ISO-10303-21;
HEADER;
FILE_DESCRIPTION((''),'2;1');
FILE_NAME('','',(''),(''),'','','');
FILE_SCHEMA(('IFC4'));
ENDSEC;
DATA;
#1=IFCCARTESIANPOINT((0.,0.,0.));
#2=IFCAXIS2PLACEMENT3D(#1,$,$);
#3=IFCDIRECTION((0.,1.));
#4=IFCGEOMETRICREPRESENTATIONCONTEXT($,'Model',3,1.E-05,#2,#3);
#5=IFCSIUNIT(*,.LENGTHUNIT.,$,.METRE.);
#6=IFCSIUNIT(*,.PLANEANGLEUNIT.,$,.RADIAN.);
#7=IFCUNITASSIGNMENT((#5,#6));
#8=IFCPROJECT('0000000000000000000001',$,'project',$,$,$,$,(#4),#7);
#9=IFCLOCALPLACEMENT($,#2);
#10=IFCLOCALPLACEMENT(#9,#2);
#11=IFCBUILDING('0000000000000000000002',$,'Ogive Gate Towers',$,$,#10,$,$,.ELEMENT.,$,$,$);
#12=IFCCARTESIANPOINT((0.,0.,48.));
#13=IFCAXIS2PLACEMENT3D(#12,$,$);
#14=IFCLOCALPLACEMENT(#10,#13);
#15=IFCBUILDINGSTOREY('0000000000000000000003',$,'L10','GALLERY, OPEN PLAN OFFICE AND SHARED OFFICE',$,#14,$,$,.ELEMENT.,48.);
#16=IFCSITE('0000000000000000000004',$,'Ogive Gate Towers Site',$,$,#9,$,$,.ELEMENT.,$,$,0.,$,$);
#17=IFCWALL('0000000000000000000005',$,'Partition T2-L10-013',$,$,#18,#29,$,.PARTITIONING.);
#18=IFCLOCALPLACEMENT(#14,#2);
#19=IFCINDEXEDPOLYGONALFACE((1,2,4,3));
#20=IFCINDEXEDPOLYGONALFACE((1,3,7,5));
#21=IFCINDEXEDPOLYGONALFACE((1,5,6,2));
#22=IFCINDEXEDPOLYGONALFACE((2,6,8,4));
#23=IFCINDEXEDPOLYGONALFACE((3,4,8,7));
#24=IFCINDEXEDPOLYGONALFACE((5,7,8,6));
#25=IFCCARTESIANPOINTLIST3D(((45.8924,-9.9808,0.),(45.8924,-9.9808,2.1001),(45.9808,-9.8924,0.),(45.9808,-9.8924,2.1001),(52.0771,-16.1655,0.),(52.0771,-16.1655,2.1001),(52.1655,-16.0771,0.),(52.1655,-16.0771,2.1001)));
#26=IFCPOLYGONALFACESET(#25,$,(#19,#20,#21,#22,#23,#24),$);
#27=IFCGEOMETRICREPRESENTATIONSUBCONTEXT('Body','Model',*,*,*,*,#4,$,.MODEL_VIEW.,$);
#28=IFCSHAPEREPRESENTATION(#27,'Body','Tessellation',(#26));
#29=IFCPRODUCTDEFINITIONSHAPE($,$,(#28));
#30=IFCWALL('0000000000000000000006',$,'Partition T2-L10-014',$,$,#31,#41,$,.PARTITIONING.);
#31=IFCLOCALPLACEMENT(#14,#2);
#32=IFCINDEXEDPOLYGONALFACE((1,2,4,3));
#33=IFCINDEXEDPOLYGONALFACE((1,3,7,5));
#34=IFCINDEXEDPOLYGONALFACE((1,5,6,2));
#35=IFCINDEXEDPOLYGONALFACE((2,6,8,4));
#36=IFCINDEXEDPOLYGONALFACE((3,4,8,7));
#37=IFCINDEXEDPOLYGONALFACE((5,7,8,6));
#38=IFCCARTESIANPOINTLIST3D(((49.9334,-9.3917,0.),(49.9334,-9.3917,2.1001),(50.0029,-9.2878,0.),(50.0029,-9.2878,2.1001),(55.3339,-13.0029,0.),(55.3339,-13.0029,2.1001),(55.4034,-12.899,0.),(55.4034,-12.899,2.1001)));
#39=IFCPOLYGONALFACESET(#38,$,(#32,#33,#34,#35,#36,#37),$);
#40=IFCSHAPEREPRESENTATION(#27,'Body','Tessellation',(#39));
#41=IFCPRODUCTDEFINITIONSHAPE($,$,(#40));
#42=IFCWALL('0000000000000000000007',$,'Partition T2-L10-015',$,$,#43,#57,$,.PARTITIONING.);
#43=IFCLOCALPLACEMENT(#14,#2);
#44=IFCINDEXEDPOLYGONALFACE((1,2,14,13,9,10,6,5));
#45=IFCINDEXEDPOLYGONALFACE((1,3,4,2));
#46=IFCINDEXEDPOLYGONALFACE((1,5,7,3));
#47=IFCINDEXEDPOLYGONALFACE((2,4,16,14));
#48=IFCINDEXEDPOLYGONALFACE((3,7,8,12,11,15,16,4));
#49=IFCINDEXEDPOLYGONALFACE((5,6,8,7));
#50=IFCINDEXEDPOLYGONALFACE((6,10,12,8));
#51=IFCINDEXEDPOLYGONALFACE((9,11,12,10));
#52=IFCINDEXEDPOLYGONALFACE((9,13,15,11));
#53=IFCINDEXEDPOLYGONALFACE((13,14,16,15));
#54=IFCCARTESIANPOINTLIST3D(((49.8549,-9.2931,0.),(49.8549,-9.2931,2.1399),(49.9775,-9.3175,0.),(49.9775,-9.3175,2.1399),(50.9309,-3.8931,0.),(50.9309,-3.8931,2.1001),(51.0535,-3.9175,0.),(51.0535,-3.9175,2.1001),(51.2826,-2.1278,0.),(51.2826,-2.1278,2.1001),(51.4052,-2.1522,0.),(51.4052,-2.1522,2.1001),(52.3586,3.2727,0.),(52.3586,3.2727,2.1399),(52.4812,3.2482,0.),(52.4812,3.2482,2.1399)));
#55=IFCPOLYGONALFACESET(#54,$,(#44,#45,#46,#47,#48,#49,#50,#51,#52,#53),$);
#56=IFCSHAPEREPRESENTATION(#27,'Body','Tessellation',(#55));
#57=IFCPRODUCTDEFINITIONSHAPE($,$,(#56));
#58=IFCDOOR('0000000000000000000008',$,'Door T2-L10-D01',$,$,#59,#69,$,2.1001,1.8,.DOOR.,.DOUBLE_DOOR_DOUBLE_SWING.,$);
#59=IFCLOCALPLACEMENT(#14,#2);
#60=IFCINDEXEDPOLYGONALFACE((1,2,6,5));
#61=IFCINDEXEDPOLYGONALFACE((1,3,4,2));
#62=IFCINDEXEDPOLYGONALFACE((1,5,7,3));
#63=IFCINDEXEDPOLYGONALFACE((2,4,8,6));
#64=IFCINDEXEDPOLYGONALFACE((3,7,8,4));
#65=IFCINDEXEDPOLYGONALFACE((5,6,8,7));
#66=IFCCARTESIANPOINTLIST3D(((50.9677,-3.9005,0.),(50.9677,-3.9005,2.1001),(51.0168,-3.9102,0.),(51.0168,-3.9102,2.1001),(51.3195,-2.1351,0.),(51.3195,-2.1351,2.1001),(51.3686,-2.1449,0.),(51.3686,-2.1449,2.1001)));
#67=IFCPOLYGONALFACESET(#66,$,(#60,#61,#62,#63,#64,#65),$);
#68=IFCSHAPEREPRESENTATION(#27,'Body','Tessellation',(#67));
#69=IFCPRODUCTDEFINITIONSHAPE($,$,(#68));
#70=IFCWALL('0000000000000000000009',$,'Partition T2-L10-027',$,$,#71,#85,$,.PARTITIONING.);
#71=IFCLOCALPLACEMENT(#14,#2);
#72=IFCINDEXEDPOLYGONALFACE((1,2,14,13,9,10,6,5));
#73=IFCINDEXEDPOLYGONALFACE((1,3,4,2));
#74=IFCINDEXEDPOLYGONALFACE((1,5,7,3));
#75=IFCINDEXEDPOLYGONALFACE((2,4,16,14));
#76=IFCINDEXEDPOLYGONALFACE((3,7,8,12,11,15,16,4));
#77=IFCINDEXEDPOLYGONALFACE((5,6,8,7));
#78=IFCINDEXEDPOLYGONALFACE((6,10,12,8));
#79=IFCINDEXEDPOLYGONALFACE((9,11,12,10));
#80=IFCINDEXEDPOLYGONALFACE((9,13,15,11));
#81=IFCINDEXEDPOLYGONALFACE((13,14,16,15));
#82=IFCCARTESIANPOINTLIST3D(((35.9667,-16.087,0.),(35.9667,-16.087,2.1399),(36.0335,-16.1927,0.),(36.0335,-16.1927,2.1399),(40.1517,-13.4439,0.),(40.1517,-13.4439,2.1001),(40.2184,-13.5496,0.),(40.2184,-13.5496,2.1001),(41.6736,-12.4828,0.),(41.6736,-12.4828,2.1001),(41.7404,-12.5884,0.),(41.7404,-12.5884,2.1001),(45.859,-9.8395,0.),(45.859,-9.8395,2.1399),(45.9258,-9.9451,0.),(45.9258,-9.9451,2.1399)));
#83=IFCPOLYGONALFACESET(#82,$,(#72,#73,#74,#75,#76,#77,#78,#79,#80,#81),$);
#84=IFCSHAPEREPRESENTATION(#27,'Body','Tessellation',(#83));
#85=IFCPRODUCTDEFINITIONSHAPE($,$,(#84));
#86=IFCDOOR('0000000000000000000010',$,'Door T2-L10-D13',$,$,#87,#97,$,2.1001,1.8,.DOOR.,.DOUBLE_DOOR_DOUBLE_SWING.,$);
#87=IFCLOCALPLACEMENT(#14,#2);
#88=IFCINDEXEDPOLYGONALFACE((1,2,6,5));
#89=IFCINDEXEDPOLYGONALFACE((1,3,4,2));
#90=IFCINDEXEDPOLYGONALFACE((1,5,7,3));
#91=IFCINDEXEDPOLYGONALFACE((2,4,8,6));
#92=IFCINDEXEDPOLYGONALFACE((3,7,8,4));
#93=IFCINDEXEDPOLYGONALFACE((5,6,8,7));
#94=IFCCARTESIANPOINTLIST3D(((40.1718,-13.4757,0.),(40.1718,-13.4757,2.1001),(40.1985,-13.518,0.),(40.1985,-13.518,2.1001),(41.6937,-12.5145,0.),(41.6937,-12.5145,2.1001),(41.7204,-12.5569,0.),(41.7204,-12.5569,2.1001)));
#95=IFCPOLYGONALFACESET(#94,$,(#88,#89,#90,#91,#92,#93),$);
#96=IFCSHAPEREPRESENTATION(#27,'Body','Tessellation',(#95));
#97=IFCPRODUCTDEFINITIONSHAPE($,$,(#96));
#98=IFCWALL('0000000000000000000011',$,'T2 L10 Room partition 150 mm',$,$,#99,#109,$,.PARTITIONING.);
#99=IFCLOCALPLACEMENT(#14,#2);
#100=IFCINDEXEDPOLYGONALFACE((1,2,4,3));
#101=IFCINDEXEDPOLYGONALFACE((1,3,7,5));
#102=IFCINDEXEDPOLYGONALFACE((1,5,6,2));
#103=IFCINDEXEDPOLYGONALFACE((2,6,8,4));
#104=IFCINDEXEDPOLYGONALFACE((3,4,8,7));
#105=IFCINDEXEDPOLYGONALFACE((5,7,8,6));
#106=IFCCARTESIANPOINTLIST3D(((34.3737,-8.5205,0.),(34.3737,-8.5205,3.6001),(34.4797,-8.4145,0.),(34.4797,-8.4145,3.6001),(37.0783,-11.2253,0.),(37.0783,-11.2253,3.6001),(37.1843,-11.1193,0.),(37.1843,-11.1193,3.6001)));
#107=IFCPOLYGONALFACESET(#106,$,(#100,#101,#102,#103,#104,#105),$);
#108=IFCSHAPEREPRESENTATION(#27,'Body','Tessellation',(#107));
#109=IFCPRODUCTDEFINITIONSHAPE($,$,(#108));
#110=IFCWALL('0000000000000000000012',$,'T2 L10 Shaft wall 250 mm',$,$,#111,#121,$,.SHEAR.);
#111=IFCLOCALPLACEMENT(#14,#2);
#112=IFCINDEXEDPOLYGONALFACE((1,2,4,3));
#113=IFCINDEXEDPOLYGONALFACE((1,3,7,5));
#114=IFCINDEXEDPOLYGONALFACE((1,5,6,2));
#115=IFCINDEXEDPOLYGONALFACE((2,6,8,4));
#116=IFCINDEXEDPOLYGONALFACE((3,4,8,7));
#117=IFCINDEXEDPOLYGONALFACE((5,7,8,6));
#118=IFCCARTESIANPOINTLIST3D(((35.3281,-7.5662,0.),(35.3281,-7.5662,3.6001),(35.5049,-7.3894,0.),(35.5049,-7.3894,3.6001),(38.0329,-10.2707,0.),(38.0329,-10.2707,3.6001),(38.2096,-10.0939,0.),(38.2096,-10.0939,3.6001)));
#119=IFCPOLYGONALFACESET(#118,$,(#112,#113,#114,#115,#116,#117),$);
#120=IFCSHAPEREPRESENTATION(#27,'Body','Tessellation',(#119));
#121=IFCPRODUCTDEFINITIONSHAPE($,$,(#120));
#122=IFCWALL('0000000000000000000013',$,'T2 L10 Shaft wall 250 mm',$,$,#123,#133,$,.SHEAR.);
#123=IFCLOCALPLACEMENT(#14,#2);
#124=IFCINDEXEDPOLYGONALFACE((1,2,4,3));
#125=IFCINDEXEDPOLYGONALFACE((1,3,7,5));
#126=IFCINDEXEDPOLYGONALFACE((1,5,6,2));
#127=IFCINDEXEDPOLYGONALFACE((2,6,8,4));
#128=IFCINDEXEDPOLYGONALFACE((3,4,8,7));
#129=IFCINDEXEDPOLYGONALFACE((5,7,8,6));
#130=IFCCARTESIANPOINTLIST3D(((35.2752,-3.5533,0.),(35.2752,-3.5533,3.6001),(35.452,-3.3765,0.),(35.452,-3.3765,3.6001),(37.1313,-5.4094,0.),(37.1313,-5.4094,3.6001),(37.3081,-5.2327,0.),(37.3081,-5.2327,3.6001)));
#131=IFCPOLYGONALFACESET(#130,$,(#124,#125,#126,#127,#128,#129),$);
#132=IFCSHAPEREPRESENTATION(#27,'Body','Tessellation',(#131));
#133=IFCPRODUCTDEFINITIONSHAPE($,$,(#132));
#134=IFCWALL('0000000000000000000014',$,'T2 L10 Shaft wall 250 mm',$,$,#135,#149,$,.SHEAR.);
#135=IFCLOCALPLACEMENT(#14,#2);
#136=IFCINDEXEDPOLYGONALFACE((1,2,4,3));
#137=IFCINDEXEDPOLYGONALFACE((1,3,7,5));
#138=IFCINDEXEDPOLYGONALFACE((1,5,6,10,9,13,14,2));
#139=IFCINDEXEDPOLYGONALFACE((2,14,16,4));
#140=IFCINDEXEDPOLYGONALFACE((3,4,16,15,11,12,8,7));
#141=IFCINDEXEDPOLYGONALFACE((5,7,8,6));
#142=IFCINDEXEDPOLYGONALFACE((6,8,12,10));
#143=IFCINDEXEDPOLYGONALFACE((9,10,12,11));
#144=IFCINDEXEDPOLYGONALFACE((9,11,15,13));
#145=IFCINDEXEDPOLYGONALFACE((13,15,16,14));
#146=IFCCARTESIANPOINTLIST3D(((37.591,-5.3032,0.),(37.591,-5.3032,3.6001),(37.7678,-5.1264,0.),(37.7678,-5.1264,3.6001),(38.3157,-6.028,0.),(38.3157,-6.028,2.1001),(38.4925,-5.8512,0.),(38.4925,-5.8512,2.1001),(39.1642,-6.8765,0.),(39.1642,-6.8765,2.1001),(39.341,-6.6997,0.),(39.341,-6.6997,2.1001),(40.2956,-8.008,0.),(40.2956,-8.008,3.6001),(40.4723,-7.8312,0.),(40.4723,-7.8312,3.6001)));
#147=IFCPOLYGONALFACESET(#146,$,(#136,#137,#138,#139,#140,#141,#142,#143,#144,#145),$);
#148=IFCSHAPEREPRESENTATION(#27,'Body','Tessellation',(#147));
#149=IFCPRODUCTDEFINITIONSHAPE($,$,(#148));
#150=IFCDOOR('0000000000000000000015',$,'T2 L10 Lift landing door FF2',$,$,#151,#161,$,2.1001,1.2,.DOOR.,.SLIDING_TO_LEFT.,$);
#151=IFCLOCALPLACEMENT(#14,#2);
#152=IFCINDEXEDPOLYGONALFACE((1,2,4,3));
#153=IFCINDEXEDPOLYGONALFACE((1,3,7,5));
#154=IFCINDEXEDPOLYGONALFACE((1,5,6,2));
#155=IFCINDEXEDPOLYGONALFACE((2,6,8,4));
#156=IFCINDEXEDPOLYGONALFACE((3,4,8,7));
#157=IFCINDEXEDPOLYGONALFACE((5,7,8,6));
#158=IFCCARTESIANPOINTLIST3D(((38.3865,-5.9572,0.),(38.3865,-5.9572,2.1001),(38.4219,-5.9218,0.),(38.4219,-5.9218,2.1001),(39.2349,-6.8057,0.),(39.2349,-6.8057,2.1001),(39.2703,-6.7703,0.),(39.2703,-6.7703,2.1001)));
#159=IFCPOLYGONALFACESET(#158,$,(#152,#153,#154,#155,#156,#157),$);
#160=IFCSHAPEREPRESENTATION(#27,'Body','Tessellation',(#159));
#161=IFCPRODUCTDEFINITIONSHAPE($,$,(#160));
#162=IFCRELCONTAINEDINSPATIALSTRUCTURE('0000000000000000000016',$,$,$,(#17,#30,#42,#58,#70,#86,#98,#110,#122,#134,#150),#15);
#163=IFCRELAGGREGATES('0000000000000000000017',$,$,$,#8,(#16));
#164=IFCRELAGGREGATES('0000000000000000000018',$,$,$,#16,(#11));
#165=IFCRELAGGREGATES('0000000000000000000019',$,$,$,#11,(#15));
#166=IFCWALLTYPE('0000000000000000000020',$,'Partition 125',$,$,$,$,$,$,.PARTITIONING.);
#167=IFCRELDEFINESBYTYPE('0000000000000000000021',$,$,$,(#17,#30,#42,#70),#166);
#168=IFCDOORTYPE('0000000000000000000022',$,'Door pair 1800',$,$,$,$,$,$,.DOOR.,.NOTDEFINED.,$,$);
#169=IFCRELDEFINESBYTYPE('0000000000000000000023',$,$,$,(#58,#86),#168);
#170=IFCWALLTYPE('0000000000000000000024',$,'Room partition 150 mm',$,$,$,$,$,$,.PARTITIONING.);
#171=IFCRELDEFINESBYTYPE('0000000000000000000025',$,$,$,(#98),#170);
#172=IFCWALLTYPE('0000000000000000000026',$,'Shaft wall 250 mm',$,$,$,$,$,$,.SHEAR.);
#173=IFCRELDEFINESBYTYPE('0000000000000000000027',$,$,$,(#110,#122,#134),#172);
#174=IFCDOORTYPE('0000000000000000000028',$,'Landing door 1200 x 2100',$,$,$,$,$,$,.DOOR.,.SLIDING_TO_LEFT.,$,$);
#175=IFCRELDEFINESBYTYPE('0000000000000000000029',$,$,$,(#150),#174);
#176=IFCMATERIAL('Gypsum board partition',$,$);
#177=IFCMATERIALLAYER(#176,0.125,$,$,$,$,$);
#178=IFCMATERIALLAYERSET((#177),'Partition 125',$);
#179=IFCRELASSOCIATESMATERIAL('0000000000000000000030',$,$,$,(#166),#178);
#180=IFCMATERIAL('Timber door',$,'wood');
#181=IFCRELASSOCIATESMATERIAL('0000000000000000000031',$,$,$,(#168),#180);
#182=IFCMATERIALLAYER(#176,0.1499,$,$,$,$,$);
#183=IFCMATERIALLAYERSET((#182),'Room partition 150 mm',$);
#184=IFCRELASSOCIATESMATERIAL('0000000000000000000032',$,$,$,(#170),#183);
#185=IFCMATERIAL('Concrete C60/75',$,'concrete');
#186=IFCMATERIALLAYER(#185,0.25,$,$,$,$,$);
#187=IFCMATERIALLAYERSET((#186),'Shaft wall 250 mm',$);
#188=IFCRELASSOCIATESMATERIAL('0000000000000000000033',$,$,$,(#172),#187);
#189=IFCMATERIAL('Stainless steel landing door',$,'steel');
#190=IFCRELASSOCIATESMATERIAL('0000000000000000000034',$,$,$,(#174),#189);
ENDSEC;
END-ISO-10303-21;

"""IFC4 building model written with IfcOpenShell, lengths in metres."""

from ifc_helpers import new_model, si_unit, direction, frame, frame_2d, origin, place, context, subcontext, project, spatial, rectangle, extrude, material, layer, layer_set, type_object, element, fill, save


model = new_model("IFC4")

# Units and contexts
model_context = context("Model", 3, precision=1e-05, world=origin(), true_north=direction((0.0, 1.0)))
body_context = subcontext(model_context, "Body", "Model", "MODEL_VIEW")
ifc_project = project(units=[si_unit("LENGTHUNIT", "METRE"), si_unit("PLANEANGLEUNIT", "RADIAN")], contexts=[model_context])

# Site, building, storey
site_placement = place(None, origin())
site = spatial("IfcSite", under=ifc_project, at=site_placement, Name="Ogive Gate Towers Site", CompositionType="ELEMENT", RefElevation=0.0)
building_placement = place(site_placement, origin())
building = spatial("IfcBuilding", under=site, at=building_placement, Name="Ogive Gate Towers", CompositionType="ELEMENT")
storey_placement = place(building_placement, frame((0.0, 0.0, 48.0)))
storey = spatial("IfcBuildingStorey", under=building, at=storey_placement, Name="L10", Description="GALLERY, OPEN PLAN OFFICE AND SHARED OFFICE", CompositionType="ELEMENT", Elevation=48.0)

# Shared definitions
ifc_material_1 = material(Name="Concrete C60/75", Category="concrete")
ifc_material_2 = material(Name="Timber door", Category="wood")

# Walls
ifc_material_3 = material(Name="Gypsum board partition")
ifc_layer_1 = layer(ifc_material_3, 0.125)
ifc_layer_set_1 = layer_set([ifc_layer_1], Name="Partition 125")
wall_type_1 = type_object("IfcWallType", Name="Partition 125", PredefinedType="PARTITIONING", material=ifc_layer_set_1)
wall_1_placement = place(storey_placement, frame((52.1213, -16.1213, 0.0), z_axis=(0.0, 0.0, 1.0), x_axis=(-0.707107, 0.707107, 0.0)))
element("IfcWall", 1, at=wall_1_placement, inside=storey, type_object=wall_type_1, Name="Partition T2-L10-013", PredefinedType="PARTITIONING", context=body_context, shape_type="SweptSolid", body=[
    extrude(rectangle(XDim=8.7466, YDim=0.125, at=frame_2d((4.3733, 0.0))), origin(), (0.0, 0.0, 1.0), 2.1001),
])
wall_2_placement = place(storey_placement, frame((55.3687, -12.9509, 0.0), z_axis=(0.0, 0.0, 1.0), x_axis=(-0.831281, 0.555853, 0.0)))
element("IfcWall", 2, at=wall_2_placement, inside=storey, type_object=wall_type_1, Name="Partition T2-L10-014", PredefinedType="PARTITIONING", context=body_context, shape_type="SweptSolid", body=[
    extrude(rectangle(XDim=6.4966, YDim=0.125, at=frame_2d((3.2483, 0.0))), origin(), (0.0, 0.0, 1.0), 2.1001),
])

# Walls, openings, doors
wall_3_placement = place(storey_placement, frame((49.9163, -9.3052, 0.0), z_axis=(0.0, 0.0, 1.0), x_axis=(0.195405, 0.980723, 0.0)))
wall_3 = element("IfcWall", 3, at=wall_3_placement, inside=storey, type_object=wall_type_1, Name="Partition T2-L10-015", PredefinedType="PARTITIONING", context=body_context, shape_type="SweptSolid", body=[
    extrude(rectangle(XDim=12.8127, YDim=0.125, at=frame_2d((6.4062, 0.0))), origin(), (0.0, 0.0, 1.0), 2.1399),
])
opening_1_placement = place(wall_3_placement, frame((5.5061, 0.0, 0.0)))
opening_1 = element("IfcOpeningElement", 4, at=opening_1_placement, cuts=wall_3, PredefinedType="OPENING", context=body_context, shape_type="SweptSolid", body=[
    extrude(rectangle(XDim=1.8, YDim=2.1001, at=frame_2d((0.8999, 1.05))), frame((0.0, 0.0725, 0.0), z_axis=(0.0, -1.0, 0.0), x_axis=(1.0, 0.0, 0.0)), (0.0, 0.0, 1.0), 0.145),
])
door_type_1 = type_object("IfcDoorType", Name="Door pair 1800", OperationType="NOTDEFINED", PredefinedType="DOOR", material=ifc_material_2)
door_1_placement = place(opening_1_placement, origin())
door_1 = element("IfcDoor", 5, at=door_1_placement, inside=storey, type_object=door_type_1, Name="Door T2-L10-D01", OperationType="DOUBLE_DOOR_DOUBLE_SWING", OverallHeight=2.1001, OverallWidth=1.8, PredefinedType="DOOR", context=body_context, shape_type="SweptSolid", body=[
    extrude(rectangle(XDim=1.8, YDim=2.1001, at=frame_2d((0.8999, 1.05))), frame((0.0, 0.0249, 0.0), z_axis=(0.0, -1.0, 0.0), x_axis=(1.0, 0.0, 0.0)), (0.0, 0.0, 1.0), 0.05),
])
fill(opening_1, door_1)
wall_4_placement = place(storey_placement, frame((36.0, -16.1399, 0.0), z_axis=(0.0, 0.0, 1.0), x_axis=(0.845498, 0.533979, 0.0)))
wall_4 = element("IfcWall", 6, at=wall_4_placement, inside=storey, type_object=wall_type_1, Name="Partition T2-L10-027", PredefinedType="PARTITIONING", context=body_context, shape_type="SweptSolid", body=[
    extrude(rectangle(XDim=11.7, YDim=0.125, at=frame_2d((5.8501, 0.0))), origin(), (0.0, 0.0, 1.0), 2.1399),
])
opening_2_placement = place(wall_4_placement, frame((4.95, 0.0, 0.0)))
opening_2 = element("IfcOpeningElement", 7, at=opening_2_placement, cuts=wall_4, PredefinedType="OPENING", context=body_context, shape_type="SweptSolid", body=[
    extrude(rectangle(XDim=1.8, YDim=2.1001, at=frame_2d((0.8999, 1.05))), frame((0.0, 0.0725, 0.0), z_axis=(0.0, -1.0, 0.0), x_axis=(1.0, 0.0, 0.0)), (0.0, 0.0, 1.0), 0.145),
])
door_2_placement = place(opening_2_placement, origin())
door_2 = element("IfcDoor", 8, at=door_2_placement, inside=storey, type_object=door_type_1, Name="Door T2-L10-D13", OperationType="DOUBLE_DOOR_DOUBLE_SWING", OverallHeight=2.1001, OverallWidth=1.8, PredefinedType="DOOR", context=body_context, shape_type="SweptSolid", body=[
    extrude(rectangle(XDim=1.8, YDim=2.1001, at=frame_2d((0.8999, 1.05))), frame((0.0, 0.0249, 0.0), z_axis=(0.0, -1.0, 0.0), x_axis=(1.0, 0.0, 0.0)), (0.0, 0.0, 1.0), 0.05),
])
fill(opening_2, door_2)

# Walls
ifc_layer_2 = layer(ifc_material_3, 0.1499)
ifc_layer_set_2 = layer_set([ifc_layer_2], Name="Room partition 150 mm")
wall_type_2 = type_object("IfcWallType", Name="Room partition 150 mm", PredefinedType="PARTITIONING", material=ifc_layer_set_2)
wall_5_placement = place(storey_placement, frame((37.1313, -11.1724, 0.0), z_axis=(0.0, 0.0, 1.0), x_axis=(-0.707075, 0.707139, 0.0)))
element("IfcWall", 9, at=wall_5_placement, inside=storey, type_object=wall_type_2, Name="T2 L10 Room partition 150 mm", PredefinedType="PARTITIONING", context=body_context, shape_type="SweptSolid", body=[
    extrude(rectangle(XDim=3.825, YDim=0.1499, at=frame_2d((1.9126, 0.0))), origin(), (0.0, 0.0, 1.0), 3.6001),
])
ifc_layer_3 = layer(ifc_material_1, 0.25)
ifc_layer_set_3 = layer_set([ifc_layer_3], Name="Shaft wall 250 mm")
wall_type_3 = type_object("IfcWallType", Name="Shaft wall 250 mm", PredefinedType="SHEAR", material=ifc_layer_set_3)
wall_6_placement = place(storey_placement, frame((38.1213, -10.1824, 0.0), z_axis=(0.0, 0.0, 1.0), x_axis=(-0.707139, 0.707075, 0.0)))
element("IfcWall", 10, at=wall_6_placement, inside=storey, type_object=wall_type_3, Name="T2 L10 Shaft wall 250 mm", PredefinedType="SHEAR", context=body_context, shape_type="SweptSolid", body=[
    extrude(rectangle(XDim=3.825, YDim=0.25, at=frame_2d((1.9126, 0.0))), origin(), (0.0, 0.0, 1.0), 3.6001),
])
wall_7_placement = place(storey_placement, frame((37.2197, -5.321, 0.0), z_axis=(0.0, 0.0, 1.0), x_axis=(-0.707107, 0.707107, 0.0)))
element("IfcWall", 11, at=wall_7_placement, inside=storey, type_object=wall_type_3, Name="T2 L10 Shaft wall 250 mm", PredefinedType="SHEAR", context=body_context, shape_type="SweptSolid", body=[
    extrude(rectangle(XDim=2.625, YDim=0.25, at=frame_2d((1.3125, 0.0))), origin(), (0.0, 0.0, 1.0), 3.6001),
])

# Wall, opening, door
wall_8_placement = place(storey_placement, frame((40.384, -7.9197, 0.0), z_axis=(0.0, 0.0, 1.0), x_axis=(-0.707075, 0.707139, 0.0)))
wall_8 = element("IfcWall", 12, at=wall_8_placement, inside=storey, type_object=wall_type_3, Name="T2 L10 Shaft wall 250 mm", PredefinedType="SHEAR", context=body_context, shape_type="SweptSolid", body=[
    extrude(rectangle(XDim=3.825, YDim=0.25, at=frame_2d((1.9126, 0.0))), origin(), (0.0, 0.0, 1.0), 3.6001),
])
opening_3_placement = place(wall_8_placement, frame((1.6001, 0.0, 0.0)))
opening_3 = element("IfcOpeningElement", 13, at=opening_3_placement, cuts=wall_8, PredefinedType="OPENING", context=body_context, shape_type="SweptSolid", body=[
    extrude(rectangle(XDim=1.2, YDim=2.1001, at=frame_2d((0.6001, 1.05))), frame((0.0, 0.135, 0.0), z_axis=(0.0, -1.0, 0.0), x_axis=(1.0, 0.0, 0.0)), (0.0, 0.0, 1.0), 0.27),
])
ifc_material_4 = material(Name="Stainless steel landing door", Category="steel")
door_type_2 = type_object("IfcDoorType", Name="Landing door 1200 x 2100", OperationType="SLIDING_TO_LEFT", PredefinedType="DOOR", material=ifc_material_4)
door_3_placement = place(opening_3_placement, origin())
door_3 = element("IfcDoor", 14, at=door_3_placement, inside=storey, type_object=door_type_2, Name="T2 L10 Lift landing door FF2", OperationType="SLIDING_TO_LEFT", OverallHeight=2.1001, OverallWidth=1.2, PredefinedType="DOOR", context=body_context, shape_type="SweptSolid", body=[
    extrude(rectangle(XDim=1.2, YDim=2.1001, at=frame_2d((0.6001, 1.05))), frame((0.0, 0.0249, 0.0), z_axis=(0.0, -1.0, 0.0), x_axis=(1.0, 0.0, 0.0)), (0.0, 0.0, 1.0), 0.05),
])
fill(opening_3, door_3)

save(model, "model.ifc")
